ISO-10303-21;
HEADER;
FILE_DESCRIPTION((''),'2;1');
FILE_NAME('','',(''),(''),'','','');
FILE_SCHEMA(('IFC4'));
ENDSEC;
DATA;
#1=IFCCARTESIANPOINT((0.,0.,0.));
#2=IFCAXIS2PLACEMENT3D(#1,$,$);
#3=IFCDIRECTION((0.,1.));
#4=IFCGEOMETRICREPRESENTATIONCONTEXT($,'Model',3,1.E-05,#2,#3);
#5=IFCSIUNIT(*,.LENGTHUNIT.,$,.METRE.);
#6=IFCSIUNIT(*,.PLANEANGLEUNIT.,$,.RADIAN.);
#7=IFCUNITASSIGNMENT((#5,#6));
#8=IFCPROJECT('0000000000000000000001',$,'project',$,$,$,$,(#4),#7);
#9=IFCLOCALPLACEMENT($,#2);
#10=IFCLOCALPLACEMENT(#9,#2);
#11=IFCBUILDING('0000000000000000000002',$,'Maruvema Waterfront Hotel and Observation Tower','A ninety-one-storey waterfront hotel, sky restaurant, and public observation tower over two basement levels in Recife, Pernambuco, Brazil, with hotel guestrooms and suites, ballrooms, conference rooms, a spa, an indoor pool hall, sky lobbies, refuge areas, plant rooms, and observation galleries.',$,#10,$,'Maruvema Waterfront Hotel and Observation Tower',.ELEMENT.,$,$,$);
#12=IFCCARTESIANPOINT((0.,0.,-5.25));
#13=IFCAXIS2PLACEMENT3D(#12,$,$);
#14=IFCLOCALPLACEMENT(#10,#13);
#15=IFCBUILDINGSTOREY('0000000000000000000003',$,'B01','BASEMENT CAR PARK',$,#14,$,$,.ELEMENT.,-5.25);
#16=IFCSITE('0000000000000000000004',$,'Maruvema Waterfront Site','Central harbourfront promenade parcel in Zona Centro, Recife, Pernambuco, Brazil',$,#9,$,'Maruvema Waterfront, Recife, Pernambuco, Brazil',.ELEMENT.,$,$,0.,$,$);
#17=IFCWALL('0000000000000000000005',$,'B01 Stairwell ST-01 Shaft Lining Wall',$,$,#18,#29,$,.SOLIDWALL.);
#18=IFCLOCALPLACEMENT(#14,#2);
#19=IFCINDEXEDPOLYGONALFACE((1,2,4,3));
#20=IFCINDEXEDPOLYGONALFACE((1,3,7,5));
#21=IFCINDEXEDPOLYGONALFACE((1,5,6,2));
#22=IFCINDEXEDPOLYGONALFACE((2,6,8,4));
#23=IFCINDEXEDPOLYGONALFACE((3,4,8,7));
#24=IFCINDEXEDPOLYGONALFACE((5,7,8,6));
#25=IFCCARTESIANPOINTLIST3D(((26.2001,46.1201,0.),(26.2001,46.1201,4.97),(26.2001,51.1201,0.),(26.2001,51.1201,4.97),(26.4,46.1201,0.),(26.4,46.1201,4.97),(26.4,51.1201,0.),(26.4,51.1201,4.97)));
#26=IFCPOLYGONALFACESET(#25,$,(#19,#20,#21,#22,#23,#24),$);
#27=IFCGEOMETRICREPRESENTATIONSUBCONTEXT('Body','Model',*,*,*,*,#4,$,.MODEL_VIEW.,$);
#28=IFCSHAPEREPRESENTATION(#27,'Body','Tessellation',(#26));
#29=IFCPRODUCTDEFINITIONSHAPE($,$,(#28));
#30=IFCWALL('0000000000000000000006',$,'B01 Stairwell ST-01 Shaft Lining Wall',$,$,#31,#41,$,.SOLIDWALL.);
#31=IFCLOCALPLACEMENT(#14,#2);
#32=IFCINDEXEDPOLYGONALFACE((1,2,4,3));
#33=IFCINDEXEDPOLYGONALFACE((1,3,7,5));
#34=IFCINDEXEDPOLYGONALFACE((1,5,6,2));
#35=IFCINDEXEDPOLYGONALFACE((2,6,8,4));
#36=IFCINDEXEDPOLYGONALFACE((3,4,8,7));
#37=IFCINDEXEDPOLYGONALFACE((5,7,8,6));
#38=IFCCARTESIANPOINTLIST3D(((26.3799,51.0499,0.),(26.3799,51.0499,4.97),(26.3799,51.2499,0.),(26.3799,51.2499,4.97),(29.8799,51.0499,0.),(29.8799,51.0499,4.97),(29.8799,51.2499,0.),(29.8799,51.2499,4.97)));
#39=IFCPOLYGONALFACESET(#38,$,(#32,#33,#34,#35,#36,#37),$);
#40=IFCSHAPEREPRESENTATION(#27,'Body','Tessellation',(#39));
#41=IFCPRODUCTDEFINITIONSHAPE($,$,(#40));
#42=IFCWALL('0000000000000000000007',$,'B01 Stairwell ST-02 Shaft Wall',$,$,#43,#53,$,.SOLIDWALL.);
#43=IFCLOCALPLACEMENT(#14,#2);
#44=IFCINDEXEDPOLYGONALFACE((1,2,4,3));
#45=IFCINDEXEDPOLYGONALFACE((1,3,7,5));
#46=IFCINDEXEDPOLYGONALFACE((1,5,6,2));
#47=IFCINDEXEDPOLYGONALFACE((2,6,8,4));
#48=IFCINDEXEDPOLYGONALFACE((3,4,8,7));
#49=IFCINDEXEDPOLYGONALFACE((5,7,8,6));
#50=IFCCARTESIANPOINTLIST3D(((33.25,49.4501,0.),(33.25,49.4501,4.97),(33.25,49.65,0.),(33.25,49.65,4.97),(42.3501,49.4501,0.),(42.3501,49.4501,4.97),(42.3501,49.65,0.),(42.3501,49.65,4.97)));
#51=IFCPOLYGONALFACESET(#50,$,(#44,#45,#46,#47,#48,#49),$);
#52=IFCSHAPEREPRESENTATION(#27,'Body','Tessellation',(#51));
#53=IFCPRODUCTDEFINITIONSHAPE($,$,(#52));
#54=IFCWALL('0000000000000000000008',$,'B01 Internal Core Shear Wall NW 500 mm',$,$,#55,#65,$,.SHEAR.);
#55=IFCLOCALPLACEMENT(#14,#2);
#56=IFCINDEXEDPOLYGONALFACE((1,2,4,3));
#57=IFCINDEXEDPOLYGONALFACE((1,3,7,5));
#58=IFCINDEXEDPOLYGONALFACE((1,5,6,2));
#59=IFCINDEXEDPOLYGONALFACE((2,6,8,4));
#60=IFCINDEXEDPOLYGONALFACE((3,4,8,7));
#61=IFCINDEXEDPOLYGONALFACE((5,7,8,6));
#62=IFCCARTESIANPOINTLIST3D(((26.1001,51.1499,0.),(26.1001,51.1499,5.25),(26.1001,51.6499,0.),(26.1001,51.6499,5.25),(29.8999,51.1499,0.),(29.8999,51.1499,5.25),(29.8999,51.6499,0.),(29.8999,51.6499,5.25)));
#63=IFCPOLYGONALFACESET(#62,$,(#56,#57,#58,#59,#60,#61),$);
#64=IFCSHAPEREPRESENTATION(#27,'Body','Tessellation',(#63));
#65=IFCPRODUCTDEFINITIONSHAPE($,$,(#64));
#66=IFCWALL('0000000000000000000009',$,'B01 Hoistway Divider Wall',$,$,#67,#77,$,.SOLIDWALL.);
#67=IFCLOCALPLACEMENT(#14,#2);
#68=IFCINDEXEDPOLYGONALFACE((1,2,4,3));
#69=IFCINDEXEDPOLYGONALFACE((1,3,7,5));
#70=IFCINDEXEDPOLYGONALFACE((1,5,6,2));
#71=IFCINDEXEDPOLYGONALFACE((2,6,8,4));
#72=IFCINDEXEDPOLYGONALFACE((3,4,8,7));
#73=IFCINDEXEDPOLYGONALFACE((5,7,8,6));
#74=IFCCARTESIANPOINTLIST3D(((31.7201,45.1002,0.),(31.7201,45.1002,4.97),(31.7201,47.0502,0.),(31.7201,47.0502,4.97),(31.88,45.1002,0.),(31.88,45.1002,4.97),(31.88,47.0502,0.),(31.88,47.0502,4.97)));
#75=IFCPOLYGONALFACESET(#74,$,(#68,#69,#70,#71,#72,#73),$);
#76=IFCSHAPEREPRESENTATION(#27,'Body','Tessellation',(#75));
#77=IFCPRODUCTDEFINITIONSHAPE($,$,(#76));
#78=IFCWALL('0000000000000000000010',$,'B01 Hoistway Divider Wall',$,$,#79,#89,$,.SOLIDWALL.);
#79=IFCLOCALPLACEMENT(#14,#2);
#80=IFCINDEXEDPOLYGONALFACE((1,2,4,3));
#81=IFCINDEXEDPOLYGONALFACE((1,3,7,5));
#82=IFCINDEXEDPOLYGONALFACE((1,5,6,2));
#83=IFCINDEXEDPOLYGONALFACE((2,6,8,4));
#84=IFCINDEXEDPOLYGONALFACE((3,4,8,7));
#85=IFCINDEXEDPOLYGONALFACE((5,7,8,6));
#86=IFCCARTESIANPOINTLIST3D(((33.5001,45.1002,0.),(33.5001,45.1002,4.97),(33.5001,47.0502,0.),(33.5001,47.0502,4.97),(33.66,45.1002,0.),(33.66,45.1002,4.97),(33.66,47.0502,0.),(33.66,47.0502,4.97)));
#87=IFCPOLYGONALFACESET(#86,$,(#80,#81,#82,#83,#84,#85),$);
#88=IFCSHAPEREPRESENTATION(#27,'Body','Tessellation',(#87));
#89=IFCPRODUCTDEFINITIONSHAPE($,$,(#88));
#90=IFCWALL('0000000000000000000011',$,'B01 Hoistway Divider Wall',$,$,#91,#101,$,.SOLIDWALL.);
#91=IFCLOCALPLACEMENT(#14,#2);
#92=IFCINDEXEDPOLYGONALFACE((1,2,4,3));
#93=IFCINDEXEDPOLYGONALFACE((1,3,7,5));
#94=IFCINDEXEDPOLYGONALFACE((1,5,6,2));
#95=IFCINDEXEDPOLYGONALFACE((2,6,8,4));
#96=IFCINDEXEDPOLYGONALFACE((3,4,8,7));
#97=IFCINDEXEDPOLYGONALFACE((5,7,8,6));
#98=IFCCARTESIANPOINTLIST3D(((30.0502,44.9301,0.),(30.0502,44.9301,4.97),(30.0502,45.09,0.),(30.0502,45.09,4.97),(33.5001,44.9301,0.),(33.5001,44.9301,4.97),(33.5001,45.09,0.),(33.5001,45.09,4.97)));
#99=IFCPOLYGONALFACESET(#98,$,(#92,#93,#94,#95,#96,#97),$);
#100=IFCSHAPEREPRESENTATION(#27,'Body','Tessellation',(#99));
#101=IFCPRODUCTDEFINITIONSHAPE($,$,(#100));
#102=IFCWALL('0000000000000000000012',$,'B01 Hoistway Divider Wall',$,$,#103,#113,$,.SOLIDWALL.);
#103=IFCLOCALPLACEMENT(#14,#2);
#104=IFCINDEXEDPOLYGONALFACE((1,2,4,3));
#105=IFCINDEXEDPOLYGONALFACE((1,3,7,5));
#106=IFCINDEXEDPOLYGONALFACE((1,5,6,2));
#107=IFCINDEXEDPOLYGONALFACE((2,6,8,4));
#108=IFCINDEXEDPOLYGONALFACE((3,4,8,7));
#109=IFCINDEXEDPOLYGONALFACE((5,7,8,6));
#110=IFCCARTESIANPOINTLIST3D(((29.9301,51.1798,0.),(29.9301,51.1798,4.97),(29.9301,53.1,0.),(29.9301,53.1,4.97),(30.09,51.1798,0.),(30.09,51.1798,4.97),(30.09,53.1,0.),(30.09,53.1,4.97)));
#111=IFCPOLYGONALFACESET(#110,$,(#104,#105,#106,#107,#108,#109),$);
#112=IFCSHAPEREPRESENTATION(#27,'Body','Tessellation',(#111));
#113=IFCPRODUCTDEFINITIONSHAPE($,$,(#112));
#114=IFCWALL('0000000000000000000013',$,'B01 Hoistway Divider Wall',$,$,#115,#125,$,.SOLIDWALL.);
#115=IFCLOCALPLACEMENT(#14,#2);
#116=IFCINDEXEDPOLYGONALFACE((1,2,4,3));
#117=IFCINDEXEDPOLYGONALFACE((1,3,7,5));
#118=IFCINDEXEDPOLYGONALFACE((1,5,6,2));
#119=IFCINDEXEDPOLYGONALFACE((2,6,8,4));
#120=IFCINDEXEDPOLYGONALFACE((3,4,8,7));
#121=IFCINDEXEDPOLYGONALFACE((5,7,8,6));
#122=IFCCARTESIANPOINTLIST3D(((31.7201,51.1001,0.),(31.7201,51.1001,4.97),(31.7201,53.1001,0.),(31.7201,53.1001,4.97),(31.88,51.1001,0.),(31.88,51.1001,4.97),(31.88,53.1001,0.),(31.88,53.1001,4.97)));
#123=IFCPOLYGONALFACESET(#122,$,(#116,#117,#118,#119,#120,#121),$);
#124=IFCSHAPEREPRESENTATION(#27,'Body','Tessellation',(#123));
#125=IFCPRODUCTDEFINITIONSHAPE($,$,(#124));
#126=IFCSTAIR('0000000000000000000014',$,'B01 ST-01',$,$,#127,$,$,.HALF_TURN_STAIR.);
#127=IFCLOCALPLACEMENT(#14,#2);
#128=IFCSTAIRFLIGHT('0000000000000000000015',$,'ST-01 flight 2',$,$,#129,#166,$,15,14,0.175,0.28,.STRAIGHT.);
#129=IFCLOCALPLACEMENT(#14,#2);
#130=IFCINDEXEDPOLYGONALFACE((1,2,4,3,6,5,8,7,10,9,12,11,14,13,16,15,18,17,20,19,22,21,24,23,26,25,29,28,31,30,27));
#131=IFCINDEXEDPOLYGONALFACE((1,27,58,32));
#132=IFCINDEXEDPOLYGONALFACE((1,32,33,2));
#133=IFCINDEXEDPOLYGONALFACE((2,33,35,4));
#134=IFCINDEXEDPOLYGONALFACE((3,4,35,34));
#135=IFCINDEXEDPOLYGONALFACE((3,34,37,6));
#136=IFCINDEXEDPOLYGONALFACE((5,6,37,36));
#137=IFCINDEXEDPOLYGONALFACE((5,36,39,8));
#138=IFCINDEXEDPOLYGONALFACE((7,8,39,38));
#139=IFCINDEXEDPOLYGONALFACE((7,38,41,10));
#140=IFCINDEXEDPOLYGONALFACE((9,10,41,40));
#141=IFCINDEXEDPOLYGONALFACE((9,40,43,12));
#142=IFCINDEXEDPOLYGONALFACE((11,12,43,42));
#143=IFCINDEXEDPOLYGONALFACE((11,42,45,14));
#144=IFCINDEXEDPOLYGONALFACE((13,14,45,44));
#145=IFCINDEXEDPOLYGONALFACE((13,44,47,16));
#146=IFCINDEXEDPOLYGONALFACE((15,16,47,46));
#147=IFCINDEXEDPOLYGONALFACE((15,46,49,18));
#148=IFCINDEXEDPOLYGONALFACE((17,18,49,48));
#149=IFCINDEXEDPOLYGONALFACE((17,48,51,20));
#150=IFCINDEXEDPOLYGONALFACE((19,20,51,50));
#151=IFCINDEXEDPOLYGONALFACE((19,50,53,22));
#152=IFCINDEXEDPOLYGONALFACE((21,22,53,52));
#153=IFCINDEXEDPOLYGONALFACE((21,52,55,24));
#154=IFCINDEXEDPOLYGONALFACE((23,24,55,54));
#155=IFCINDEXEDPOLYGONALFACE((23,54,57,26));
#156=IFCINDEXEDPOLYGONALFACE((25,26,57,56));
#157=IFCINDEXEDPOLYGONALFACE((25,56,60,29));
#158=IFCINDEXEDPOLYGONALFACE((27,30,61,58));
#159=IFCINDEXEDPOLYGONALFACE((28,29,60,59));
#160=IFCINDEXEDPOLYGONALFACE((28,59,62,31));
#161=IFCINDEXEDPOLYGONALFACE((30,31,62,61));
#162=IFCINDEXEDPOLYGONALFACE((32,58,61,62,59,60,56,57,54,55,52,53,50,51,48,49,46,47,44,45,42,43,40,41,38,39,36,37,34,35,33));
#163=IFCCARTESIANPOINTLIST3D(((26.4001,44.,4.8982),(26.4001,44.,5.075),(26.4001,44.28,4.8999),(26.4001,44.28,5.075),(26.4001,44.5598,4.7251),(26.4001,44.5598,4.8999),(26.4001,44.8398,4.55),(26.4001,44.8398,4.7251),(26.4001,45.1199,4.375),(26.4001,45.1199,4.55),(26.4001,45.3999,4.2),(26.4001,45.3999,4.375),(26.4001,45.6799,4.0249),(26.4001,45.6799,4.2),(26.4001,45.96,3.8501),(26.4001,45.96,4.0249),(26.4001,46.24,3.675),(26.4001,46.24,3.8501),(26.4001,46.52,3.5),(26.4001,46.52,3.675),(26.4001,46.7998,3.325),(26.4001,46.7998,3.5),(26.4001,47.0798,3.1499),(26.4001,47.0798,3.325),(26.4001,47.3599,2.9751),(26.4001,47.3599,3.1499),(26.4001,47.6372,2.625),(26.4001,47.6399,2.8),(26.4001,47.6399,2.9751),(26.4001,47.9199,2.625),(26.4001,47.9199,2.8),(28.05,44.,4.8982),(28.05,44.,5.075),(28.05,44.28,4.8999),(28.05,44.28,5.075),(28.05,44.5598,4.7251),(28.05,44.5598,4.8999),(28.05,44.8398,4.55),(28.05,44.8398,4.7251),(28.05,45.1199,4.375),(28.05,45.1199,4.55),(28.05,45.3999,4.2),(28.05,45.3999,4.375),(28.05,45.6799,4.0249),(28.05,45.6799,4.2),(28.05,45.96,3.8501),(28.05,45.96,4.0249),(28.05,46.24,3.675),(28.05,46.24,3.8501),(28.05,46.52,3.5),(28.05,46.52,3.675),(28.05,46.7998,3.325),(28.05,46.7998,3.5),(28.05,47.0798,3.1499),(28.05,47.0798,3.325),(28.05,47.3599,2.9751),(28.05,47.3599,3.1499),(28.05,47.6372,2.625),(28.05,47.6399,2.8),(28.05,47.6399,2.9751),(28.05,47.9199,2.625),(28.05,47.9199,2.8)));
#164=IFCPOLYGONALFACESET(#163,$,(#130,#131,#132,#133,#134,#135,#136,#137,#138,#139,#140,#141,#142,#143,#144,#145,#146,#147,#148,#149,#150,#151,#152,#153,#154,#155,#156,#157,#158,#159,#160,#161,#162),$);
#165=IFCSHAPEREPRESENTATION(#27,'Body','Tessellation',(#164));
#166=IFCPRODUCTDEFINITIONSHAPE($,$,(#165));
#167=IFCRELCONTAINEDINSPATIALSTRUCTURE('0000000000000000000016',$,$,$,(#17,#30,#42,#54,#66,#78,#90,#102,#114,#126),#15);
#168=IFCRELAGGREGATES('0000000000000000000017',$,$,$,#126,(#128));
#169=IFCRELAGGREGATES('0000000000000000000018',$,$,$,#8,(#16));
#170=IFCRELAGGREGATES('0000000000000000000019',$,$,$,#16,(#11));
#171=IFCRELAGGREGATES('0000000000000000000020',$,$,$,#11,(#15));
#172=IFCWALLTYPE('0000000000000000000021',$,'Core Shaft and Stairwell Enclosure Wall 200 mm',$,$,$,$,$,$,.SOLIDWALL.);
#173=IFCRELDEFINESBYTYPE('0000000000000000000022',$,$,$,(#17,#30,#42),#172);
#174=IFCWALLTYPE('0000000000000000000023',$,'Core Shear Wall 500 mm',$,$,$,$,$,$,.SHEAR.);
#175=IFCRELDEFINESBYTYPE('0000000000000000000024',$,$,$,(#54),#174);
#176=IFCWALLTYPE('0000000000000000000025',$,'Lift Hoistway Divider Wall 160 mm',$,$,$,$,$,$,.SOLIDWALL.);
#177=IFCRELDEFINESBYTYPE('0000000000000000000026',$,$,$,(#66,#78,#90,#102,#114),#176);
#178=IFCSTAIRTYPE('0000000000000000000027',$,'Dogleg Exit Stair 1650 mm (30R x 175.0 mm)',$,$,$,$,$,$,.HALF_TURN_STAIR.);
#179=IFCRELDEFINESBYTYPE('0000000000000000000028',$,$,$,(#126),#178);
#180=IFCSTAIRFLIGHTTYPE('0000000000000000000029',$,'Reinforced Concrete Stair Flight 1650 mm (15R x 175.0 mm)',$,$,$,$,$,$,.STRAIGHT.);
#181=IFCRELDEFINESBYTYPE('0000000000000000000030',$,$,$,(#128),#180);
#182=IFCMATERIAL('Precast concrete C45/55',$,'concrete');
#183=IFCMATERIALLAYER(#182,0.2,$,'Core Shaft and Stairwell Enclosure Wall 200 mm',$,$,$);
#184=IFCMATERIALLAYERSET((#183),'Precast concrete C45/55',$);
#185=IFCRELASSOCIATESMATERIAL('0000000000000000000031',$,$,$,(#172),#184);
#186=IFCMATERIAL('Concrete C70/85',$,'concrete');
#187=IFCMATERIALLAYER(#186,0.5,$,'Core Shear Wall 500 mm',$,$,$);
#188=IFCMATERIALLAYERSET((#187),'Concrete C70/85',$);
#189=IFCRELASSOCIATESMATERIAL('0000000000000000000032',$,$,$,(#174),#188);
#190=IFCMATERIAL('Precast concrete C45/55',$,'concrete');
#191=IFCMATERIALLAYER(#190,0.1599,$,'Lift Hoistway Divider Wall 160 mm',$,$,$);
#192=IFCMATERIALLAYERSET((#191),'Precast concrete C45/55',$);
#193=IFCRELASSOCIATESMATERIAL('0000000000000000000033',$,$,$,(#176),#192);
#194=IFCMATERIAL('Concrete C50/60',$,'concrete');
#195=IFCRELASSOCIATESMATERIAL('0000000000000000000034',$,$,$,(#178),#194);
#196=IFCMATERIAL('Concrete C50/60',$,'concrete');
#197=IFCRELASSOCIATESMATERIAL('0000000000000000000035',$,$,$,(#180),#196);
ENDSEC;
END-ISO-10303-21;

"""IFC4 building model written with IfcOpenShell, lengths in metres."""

from ifc_helpers import new_model, si_unit, direction, frame, frame_2d, origin, place, context, subcontext, project, spatial, polyline, rectangle, outline, extrude, material, layer, layer_set, type_object, element, aggregate, save


model = new_model("IFC4")

# Units and contexts
model_context = context("Model", 3, precision=1e-05, world=origin(), true_north=direction((0.0, 1.0)))
body_context = subcontext(model_context, "Body", "Model", "MODEL_VIEW")
ifc_project = project(units=[si_unit("LENGTHUNIT", "METRE"), si_unit("PLANEANGLEUNIT", "RADIAN")], contexts=[model_context])

# Site, building, storey
site_placement = place(None, origin())
site = spatial("IfcSite", under=ifc_project, at=site_placement, Name="Maruvema Waterfront Site", Description="Central harbourfront promenade parcel in Zona Centro, Recife, Pernambuco, Brazil", LongName="Maruvema Waterfront, Recife, Pernambuco, Brazil", CompositionType="ELEMENT", RefElevation=0.0)
building_placement = place(site_placement, origin())
building = spatial("IfcBuilding", under=site, at=building_placement, Name="Maruvema Waterfront Hotel and Observation Tower", Description="A ninety-one-storey waterfront hotel, sky restaurant, and public observation tower over two basement levels in Recife, Pernambuco, Brazil, with hotel guestrooms and suites, ballrooms, conference rooms, a spa, an indoor pool hall, sky lobbies, refuge areas, plant rooms, and observation galleries.", LongName="Maruvema Waterfront Hotel and Observation Tower", CompositionType="ELEMENT")
storey_placement = place(building_placement, frame((0.0, 0.0, -5.25)))
storey = spatial("IfcBuildingStorey", under=building, at=storey_placement, Name="B01", Description="BASEMENT CAR PARK", CompositionType="ELEMENT", Elevation=-5.25)

# Walls
ifc_material_1 = material(Name="Precast concrete C45/55", Category="concrete")
ifc_layer_1 = layer(ifc_material_1, 0.2, Name="Core Shaft and Stairwell Enclosure Wall 200 mm")
ifc_layer_set_1 = layer_set([ifc_layer_1], Name="Precast concrete C45/55")
wall_type_1 = type_object("IfcWallType", Name="Core Shaft and Stairwell Enclosure Wall 200 mm", PredefinedType="SOLIDWALL", material=ifc_layer_set_1)
wall_1_placement = place(storey_placement, frame((26.3, 46.1201, 0.0), z_axis=(0.0, 0.0, 1.0), x_axis=(0.0, 1.0, 0.0)))
element("IfcWall", 1, at=wall_1_placement, inside=storey, type_object=wall_type_1, Name="B01 Stairwell ST-01 Shaft Lining Wall", PredefinedType="SOLIDWALL", context=body_context, shape_type="SweptSolid", body=[
    extrude(rectangle(XDim=5.0, YDim=0.2, at=frame_2d((2.5, 0.0))), origin(), (0.0, 0.0, 1.0), 4.97),
])
wall_2_placement = place(storey_placement, frame((26.3799, 51.1499, 0.0), z_axis=(0.0, 0.0, 1.0), x_axis=(1.0, 0.0, 0.0)))
element("IfcWall", 2, at=wall_2_placement, inside=storey, type_object=wall_type_1, Name="B01 Stairwell ST-01 Shaft Lining Wall", PredefinedType="SOLIDWALL", context=body_context, shape_type="SweptSolid", body=[
    extrude(rectangle(XDim=3.5, YDim=0.2, at=frame_2d((1.75, 0.0))), origin(), (0.0, 0.0, 1.0), 4.97),
])
wall_3_placement = place(storey_placement, frame((33.25, 49.55, 0.0), z_axis=(0.0, 0.0, 1.0), x_axis=(1.0, 0.0, 0.0)))
element("IfcWall", 3, at=wall_3_placement, inside=storey, type_object=wall_type_1, Name="B01 Stairwell ST-02 Shaft Wall", PredefinedType="SOLIDWALL", context=body_context, shape_type="SweptSolid", body=[
    extrude(rectangle(XDim=9.1001, YDim=0.2, at=frame_2d((4.55, 0.0))), origin(), (0.0, 0.0, 1.0), 4.97),
])

# Walls
ifc_material_2 = material(Name="Concrete C70/85", Category="concrete")
ifc_layer_2 = layer(ifc_material_2, 0.5, Name="Core Shear Wall 500 mm")
ifc_layer_set_2 = layer_set([ifc_layer_2], Name="Concrete C70/85")
wall_type_2 = type_object("IfcWallType", Name="Core Shear Wall 500 mm", PredefinedType="SHEAR", material=ifc_layer_set_2)
wall_4_placement = place(storey_placement, frame((26.1001, 51.3999, 0.0), z_axis=(0.0, 0.0, 1.0), x_axis=(1.0, 0.0, 0.0)))
element("IfcWall", 4, at=wall_4_placement, inside=storey, type_object=wall_type_2, Name="B01 Internal Core Shear Wall NW 500 mm", PredefinedType="SHEAR", context=body_context, shape_type="SweptSolid", body=[
    extrude(rectangle(XDim=3.7998, YDim=0.5, at=frame_2d((1.8999, 0.0))), origin(), (0.0, 0.0, 1.0), 5.25),
])
ifc_material_3 = material(Name="Precast concrete C45/55", Category="concrete")
ifc_layer_3 = layer(ifc_material_3, 0.1599, Name="Lift Hoistway Divider Wall 160 mm")
ifc_layer_set_3 = layer_set([ifc_layer_3], Name="Precast concrete C45/55")
wall_type_3 = type_object("IfcWallType", Name="Lift Hoistway Divider Wall 160 mm", PredefinedType="SOLIDWALL", material=ifc_layer_set_3)
for number, where, z_axis, x_axis, name in (
    (5, (31.8, 45.1001, 0.0), (0.0, 0.0, 1.0), (0.0, 1.0, 0.0), "B01 Hoistway Divider Wall"),
    (6, (33.5801, 45.1001, 0.0), (0.0, 0.0, 1.0), (0.0, 1.0, 0.0), "B01 Hoistway Divider Wall"),
):
    element("IfcWall", number, at=place(storey_placement, frame(where, z_axis=z_axis, x_axis=x_axis)), inside=storey, type_object=wall_type_3, Name=name, PredefinedType="SOLIDWALL", context=body_context, shape_type="SweptSolid", body=[
        extrude(rectangle(XDim=1.95, YDim=0.1599, at=frame_2d((0.9751, 0.0))), origin(), (0.0, 0.0, 1.0), 4.97),
    ])
wall_5_placement = place(storey_placement, frame((30.05, 45.01, 0.0), z_axis=(0.0, 0.0, 1.0), x_axis=(1.0, 0.0, 0.0)))
element("IfcWall", 7, at=wall_5_placement, inside=storey, type_object=wall_type_3, Name="B01 Hoistway Divider Wall", PredefinedType="SOLIDWALL", context=body_context, shape_type="SweptSolid", body=[
    extrude(rectangle(XDim=3.45, YDim=0.1599, at=frame_2d((1.7251, 0.0))), origin(), (0.0, 0.0, 1.0), 4.97),
])
wall_6_placement = place(storey_placement, frame((30.01, 51.1799, 0.0), z_axis=(0.0, 0.0, 1.0), x_axis=(0.0, 1.0, 0.0)))
element("IfcWall", 8, at=wall_6_placement, inside=storey, type_object=wall_type_3, Name="B01 Hoistway Divider Wall", PredefinedType="SOLIDWALL", context=body_context, shape_type="SweptSolid", body=[
    extrude(rectangle(XDim=1.9202, YDim=0.1599, at=frame_2d((0.96, 0.0))), origin(), (0.0, 0.0, 1.0), 4.97),
])
wall_7_placement = place(storey_placement, frame((31.8, 51.1001, 0.0), z_axis=(0.0, 0.0, 1.0), x_axis=(0.0, 1.0, 0.0)))
element("IfcWall", 9, at=wall_7_placement, inside=storey, type_object=wall_type_3, Name="B01 Hoistway Divider Wall", PredefinedType="SOLIDWALL", context=body_context, shape_type="SweptSolid", body=[
    extrude(rectangle(XDim=2.0, YDim=0.1599, at=frame_2d((1.0, 0.0))), origin(), (0.0, 0.0, 1.0), 4.97),
])

# Stair, stair flight
ifc_material_4 = material(Name="Concrete C50/60", Category="concrete")
stair_type = type_object("IfcStairType", Name="Dogleg Exit Stair 1650 mm (30R x 175.0 mm)", PredefinedType="HALF_TURN_STAIR", material=ifc_material_4)
stair_placement = place(storey_placement, origin())
stair = element("IfcStair", 10, at=stair_placement, inside=storey, type_object=stair_type, Name="B01 ST-01", PredefinedType="HALF_TURN_STAIR")
ifc_material_5 = material(Name="Concrete C50/60", Category="concrete")
stair_flight_type = type_object("IfcStairFlightType", Name="Reinforced Concrete Stair Flight 1650 mm (15R x 175.0 mm)", PredefinedType="STRAIGHT", material=ifc_material_5)
stair_flight_placement = place(storey_placement, frame((27.2251, 47.9199, 2.625), z_axis=(0.0, 0.0, 1.0), x_axis=(0.0, -1.0, 0.0)))
stair_flight = element("IfcStairFlight", 11, at=stair_flight_placement, type_object=stair_flight_type, Name="ST-01 flight 2", NumberOfRisers=15, NumberOfTreads=14, PredefinedType="STRAIGHT", RiserHeight=0.175, TreadLength=0.28, context=body_context, shape_type="SweptSolid", body=[
    extrude(outline(polyline([(0.0, 0.0), (0.0, 0.175), (0.28, 0.175), (0.28, 0.3501), (0.5601, 0.3501), (0.5601, 0.5249), (0.8401, 0.5249), (0.8401, 0.7), (1.1201, 0.7), (1.1201, 0.875), (1.3999, 0.875), (1.3999, 1.05), (1.6799, 1.05), (1.6799, 1.2251), (1.96, 1.2251), (1.96, 1.3999), (2.24, 1.3999), (2.24, 1.575), (2.52, 1.575), (2.52, 1.75), (2.8, 1.75), (2.8, 1.925), (3.0801, 1.925), (3.0801, 2.1001), (3.3601, 2.1001), (3.3601, 2.2749), (3.6399, 2.2749), (3.6399, 2.45), (3.9199, 2.45), (3.9199, 2.625), (3.9199, 2.2732), (0.2827, 0.0), (0.0, 0.0)])), frame((0.0, 0.825, 0.0), z_axis=(0.0, -1.0, 0.0), x_axis=(1.0, 0.0, 0.0)), (0.0, 0.0, 1.0), 1.6499),
])
aggregate(stair, [stair_flight])

save(model, "model.ifc")
